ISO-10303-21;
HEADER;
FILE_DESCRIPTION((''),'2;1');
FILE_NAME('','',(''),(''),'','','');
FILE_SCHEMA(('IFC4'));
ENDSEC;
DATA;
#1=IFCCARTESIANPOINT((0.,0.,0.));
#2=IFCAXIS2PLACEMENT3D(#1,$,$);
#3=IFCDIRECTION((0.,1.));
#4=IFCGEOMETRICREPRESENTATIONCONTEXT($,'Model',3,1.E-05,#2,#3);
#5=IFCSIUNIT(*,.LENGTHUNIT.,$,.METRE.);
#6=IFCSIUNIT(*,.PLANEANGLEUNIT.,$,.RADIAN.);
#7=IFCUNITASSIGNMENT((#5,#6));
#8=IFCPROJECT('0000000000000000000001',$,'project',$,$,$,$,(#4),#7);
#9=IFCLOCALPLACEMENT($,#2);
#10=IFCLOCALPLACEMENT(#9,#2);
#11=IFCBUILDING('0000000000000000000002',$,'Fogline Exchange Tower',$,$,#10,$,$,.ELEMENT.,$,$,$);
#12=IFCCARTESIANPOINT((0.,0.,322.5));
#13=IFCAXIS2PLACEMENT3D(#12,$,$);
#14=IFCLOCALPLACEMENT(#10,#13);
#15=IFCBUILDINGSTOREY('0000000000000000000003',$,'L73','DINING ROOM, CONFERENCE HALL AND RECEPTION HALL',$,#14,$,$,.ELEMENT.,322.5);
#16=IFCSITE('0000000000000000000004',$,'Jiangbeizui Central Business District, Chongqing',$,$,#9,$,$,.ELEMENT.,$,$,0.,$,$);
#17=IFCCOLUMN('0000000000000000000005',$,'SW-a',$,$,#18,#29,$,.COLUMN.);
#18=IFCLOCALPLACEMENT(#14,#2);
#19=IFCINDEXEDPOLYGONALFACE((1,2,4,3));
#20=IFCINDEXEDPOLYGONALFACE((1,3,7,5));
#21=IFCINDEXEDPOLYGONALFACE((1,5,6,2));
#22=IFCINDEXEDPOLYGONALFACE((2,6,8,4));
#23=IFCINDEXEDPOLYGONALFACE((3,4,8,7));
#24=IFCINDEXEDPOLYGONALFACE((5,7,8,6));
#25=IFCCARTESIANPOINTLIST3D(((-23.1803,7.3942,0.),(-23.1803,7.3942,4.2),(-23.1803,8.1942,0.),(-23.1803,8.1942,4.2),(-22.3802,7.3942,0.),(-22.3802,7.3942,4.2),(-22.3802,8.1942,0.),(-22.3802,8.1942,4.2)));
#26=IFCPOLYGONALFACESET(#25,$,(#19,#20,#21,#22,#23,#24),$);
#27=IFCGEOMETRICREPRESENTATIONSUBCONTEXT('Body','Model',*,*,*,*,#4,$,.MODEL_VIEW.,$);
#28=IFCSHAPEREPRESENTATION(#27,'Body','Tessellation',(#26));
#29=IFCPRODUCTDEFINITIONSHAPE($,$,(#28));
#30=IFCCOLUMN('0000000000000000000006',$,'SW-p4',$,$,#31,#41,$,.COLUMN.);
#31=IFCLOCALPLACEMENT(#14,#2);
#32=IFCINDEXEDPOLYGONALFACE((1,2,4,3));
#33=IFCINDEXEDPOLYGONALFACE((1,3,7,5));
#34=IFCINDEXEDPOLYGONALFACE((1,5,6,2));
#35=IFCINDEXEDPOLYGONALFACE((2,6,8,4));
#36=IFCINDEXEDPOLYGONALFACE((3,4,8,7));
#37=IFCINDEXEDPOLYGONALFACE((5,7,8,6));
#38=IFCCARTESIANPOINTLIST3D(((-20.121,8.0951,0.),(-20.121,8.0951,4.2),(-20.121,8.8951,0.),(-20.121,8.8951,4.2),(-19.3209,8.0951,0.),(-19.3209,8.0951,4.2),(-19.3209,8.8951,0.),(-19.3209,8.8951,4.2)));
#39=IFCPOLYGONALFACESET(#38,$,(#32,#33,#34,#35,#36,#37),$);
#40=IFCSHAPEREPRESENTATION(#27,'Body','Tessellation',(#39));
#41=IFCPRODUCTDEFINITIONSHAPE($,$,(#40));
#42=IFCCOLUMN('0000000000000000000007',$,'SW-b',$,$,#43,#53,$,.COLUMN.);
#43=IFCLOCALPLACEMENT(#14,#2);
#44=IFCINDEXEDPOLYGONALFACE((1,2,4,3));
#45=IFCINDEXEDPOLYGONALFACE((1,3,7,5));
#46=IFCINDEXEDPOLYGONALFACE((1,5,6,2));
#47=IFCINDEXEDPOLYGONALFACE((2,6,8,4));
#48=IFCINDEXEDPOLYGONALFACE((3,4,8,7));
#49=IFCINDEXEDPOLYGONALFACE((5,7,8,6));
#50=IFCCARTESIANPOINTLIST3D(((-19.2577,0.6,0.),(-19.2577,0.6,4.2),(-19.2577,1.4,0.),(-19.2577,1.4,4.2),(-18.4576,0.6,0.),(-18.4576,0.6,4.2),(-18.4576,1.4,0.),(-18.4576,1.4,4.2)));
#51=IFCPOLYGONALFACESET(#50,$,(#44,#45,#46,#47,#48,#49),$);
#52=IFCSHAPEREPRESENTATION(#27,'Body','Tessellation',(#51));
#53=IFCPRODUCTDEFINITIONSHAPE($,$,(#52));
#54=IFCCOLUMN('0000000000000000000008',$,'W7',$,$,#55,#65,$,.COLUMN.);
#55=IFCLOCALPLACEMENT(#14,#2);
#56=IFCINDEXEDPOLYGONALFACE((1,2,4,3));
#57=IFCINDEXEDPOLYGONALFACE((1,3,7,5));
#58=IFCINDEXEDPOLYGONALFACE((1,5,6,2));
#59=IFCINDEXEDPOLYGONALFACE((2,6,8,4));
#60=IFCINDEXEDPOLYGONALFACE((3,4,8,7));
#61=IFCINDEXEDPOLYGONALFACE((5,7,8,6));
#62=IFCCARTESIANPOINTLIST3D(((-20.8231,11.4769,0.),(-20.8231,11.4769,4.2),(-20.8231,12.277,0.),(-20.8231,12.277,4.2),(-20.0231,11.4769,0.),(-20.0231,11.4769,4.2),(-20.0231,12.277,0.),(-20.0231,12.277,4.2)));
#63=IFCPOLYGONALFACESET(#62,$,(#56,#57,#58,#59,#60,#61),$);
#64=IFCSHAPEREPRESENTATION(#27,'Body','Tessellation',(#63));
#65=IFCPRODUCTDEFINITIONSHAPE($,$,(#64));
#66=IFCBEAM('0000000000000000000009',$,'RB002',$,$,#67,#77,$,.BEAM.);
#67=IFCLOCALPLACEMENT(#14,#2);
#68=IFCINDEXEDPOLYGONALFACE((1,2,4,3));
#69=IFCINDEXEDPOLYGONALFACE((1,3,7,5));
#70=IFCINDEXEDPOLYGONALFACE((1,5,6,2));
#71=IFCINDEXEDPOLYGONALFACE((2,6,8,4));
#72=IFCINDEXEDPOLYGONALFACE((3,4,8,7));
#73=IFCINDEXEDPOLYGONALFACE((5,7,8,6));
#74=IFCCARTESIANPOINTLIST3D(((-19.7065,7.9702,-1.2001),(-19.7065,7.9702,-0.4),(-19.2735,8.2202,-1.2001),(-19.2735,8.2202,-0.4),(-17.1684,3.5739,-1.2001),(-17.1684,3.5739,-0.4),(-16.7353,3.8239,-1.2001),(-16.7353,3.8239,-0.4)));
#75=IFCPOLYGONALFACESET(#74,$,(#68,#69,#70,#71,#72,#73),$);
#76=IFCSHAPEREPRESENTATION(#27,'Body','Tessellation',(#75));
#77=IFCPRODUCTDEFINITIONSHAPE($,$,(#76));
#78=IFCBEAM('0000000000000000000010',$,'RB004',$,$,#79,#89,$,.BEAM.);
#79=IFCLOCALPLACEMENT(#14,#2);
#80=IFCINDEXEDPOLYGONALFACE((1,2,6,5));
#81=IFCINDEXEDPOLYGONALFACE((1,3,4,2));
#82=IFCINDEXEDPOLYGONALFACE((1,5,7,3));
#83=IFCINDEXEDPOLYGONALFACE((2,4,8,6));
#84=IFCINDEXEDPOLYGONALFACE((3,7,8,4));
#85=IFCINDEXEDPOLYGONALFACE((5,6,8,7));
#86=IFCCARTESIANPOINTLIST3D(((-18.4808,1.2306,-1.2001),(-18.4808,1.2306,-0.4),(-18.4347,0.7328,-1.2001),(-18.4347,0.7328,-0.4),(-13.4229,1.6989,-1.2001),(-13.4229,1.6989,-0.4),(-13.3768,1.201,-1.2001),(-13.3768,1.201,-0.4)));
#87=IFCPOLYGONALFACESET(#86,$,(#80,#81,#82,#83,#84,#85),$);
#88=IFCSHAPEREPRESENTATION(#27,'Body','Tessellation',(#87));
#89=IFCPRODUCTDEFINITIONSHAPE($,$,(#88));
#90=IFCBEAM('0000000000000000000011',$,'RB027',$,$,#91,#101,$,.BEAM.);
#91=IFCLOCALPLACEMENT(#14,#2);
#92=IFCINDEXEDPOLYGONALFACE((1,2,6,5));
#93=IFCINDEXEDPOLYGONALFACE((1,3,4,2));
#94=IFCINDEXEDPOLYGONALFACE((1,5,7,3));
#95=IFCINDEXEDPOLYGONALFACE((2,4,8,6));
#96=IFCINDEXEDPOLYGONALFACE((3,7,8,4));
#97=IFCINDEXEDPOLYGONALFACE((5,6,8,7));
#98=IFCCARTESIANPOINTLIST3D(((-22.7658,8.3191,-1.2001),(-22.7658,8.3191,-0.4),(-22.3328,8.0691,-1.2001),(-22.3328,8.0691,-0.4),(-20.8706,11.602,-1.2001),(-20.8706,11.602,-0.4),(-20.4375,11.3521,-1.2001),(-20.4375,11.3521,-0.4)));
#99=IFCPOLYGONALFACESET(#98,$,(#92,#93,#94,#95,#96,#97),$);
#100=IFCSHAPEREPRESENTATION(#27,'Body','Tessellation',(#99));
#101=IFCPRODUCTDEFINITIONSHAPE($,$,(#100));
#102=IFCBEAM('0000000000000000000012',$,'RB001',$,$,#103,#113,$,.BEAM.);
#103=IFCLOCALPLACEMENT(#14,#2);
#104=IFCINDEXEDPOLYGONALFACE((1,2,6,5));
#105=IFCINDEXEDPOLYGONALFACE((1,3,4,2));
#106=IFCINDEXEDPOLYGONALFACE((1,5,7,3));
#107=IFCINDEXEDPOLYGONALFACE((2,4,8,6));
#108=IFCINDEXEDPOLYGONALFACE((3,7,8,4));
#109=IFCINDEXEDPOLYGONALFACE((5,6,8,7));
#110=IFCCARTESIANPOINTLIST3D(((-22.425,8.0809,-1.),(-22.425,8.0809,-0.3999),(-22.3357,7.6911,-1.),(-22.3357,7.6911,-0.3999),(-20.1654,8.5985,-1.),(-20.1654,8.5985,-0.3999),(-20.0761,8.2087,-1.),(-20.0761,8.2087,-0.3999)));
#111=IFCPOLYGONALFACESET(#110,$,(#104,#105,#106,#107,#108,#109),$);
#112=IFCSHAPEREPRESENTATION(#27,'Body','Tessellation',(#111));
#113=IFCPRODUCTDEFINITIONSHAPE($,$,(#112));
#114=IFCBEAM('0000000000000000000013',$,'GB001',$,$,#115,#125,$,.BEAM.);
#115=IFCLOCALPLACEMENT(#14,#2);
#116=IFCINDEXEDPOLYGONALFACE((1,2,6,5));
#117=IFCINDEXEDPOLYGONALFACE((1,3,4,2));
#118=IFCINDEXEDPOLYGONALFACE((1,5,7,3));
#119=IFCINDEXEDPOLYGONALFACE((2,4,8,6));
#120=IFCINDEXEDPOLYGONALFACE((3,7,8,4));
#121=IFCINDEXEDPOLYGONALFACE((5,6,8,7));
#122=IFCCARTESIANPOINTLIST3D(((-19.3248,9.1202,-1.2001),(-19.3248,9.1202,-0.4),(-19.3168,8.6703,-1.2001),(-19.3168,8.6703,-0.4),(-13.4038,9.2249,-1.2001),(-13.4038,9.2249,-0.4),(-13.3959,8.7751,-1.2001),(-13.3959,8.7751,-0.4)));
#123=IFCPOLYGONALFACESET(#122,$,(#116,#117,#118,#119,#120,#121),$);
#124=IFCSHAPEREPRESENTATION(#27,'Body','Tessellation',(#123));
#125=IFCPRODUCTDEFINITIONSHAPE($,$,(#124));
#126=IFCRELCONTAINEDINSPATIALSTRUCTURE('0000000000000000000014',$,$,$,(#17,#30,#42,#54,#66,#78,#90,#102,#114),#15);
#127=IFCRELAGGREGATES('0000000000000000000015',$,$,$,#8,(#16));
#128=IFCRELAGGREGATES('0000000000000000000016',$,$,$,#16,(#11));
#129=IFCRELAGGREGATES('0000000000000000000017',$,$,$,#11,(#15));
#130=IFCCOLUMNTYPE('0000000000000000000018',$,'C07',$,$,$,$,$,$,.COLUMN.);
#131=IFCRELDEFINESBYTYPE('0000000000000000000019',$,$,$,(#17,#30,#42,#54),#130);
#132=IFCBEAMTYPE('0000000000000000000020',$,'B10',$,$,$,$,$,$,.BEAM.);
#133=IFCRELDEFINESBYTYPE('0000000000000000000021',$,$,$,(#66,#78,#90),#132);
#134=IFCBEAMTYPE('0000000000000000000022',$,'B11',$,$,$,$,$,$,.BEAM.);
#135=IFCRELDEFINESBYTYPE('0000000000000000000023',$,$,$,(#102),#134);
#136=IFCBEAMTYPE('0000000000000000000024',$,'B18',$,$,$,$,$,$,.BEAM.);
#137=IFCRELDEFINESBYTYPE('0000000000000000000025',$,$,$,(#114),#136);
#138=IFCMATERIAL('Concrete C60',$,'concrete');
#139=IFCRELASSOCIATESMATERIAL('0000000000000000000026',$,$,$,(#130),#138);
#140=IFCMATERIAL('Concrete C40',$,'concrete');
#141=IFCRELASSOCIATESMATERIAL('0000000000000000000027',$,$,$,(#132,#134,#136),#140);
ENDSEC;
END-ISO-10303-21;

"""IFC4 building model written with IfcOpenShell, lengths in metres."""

from ifc_helpers import new_model, si_unit, direction, frame, origin, origin_2d, place, context, subcontext, project, spatial, rectangle, extrude, material, material_profile, profile_set, type_object, element, save


model = new_model("IFC4")

# Units and contexts
model_context = context("Model", 3, precision=1e-05, world=origin(), true_north=direction((0.0, 1.0)))
body_context = subcontext(model_context, "Body", "Model", "MODEL_VIEW")
ifc_project = project(units=[si_unit("LENGTHUNIT", "METRE"), si_unit("PLANEANGLEUNIT", "RADIAN")], contexts=[model_context])

# Site, building, storey
site_placement = place(None, origin())
site = spatial("IfcSite", under=ifc_project, at=site_placement, Name="Jiangbeizui Central Business District, Chongqing", CompositionType="ELEMENT", RefElevation=0.0)
building_placement = place(site_placement, origin())
building = spatial("IfcBuilding", under=site, at=building_placement, Name="Fogline Exchange Tower", CompositionType="ELEMENT")
storey_placement = place(building_placement, frame((0.0, 0.0, 322.5)))
storey = spatial("IfcBuildingStorey", under=building, at=storey_placement, Name="L73", Description="DINING ROOM, CONFERENCE HALL AND RECEPTION HALL", CompositionType="ELEMENT", Elevation=322.5)

# Columns
ifc_material_1 = material(Name="Concrete C60", Category="concrete")
ifc_material_profile_1 = material_profile(ifc_material_1, rectangle(XDim=0.8, YDim=0.8, at=origin_2d()), Name="RC 800x800")
ifc_profile_set_1 = profile_set([ifc_material_profile_1], Name="Concrete C60")
column_type = type_object("IfcColumnType", Name="C07", PredefinedType="COLUMN", material=ifc_profile_set_1)
for number, where, z_axis, x_axis, name in (
    (1, (-22.7803, 7.7942, 0.0), (0.0, 0.0, 1.0), (1.0, 0.0, 0.0), "SW-a"),
    (2, (-19.7209, 8.4951, 0.0), (0.0, 0.0, 1.0), (1.0, 0.0, 0.0), "SW-p4"),
    (3, (-18.8577, 1.0, 0.0), (0.0, 0.0, 1.0), (1.0, 0.0, 0.0), "SW-b"),
    (4, (-20.4231, 11.877, 0.0), (0.0, 0.0, 1.0), (1.0, 0.0, 0.0), "W7"),
):
    element("IfcColumn", number, at=place(storey_placement, frame(where, z_axis=z_axis, x_axis=x_axis)), inside=storey, type_object=column_type, Name=name, PredefinedType="COLUMN", context=body_context, shape_type="SweptSolid", body=[
        extrude(rectangle(XDim=0.8, YDim=0.8, at=origin_2d()), origin(), (0.0, 0.0, 1.0), 4.2),
    ])

# Beams
ifc_material_2 = material(Name="Concrete C40", Category="concrete")
ifc_material_profile_2 = material_profile(ifc_material_2, rectangle(XDim=0.5, YDim=0.8, at=origin_2d()), Name="RC 500x800")
ifc_profile_set_2 = profile_set([ifc_material_profile_2], Name="Concrete C40")
beam_type_1 = type_object("IfcBeamType", Name="B10", PredefinedType="BEAM", material=ifc_profile_set_2)
beam_1_placement = place(storey_placement, frame((-19.49, 8.0952, -0.8), z_axis=(0.499988, -0.866033, 0.0), x_axis=(0.866033, 0.499988, 0.0)))
element("IfcBeam", 5, at=beam_1_placement, inside=storey, type_object=beam_type_1, Name="RB002", PredefinedType="BEAM", context=body_context, shape_type="SweptSolid", body=[
    extrude(rectangle(XDim=0.5, YDim=0.8, at=origin_2d()), origin(), (0.0, 0.0, 1.0), 5.0764),
])
beam_2_placement = place(storey_placement, frame((-18.4578, 0.9817, -0.8), z_axis=(0.995742, 0.092187, 0.0), x_axis=(-0.092187, 0.995742, 0.0)))
element("IfcBeam", 6, at=beam_2_placement, inside=storey, type_object=beam_type_1, Name="RB004", PredefinedType="BEAM", context=body_context, shape_type="SweptSolid", body=[
    extrude(rectangle(XDim=0.5, YDim=0.8, at=origin_2d()), origin(), (0.0, 0.0, 1.0), 5.0796),
])
beam_3_placement = place(storey_placement, frame((-20.6541, 11.4771, -0.8), z_axis=(-0.49997, -0.866043, 0.0), x_axis=(0.866043, -0.49997, 0.0)))
element("IfcBeam", 7, at=beam_3_placement, inside=storey, type_object=beam_type_1, Name="RB027", PredefinedType="BEAM", context=body_context, shape_type="SweptSolid", body=[
    extrude(rectangle(XDim=0.5, YDim=0.8, at=origin_2d()), origin(), (0.0, 0.0, 1.0), 3.7908),
])
ifc_material_profile_3 = material_profile(ifc_material_2, rectangle(XDim=0.3999, YDim=0.6001, at=origin_2d()), Name="RC 400x600")
ifc_profile_set_3 = profile_set([ifc_material_profile_3], Name="Concrete C40")
beam_type_2 = type_object("IfcBeamType", Name="B11", PredefinedType="BEAM", material=ifc_profile_set_3)
beam_4_placement = place(storey_placement, frame((-22.3804, 7.886, -0.7), z_axis=(0.974754, 0.223282, 0.0), x_axis=(-0.223282, 0.974754, 0.0)))
element("IfcBeam", 8, at=beam_4_placement, inside=storey, type_object=beam_type_2, Name="RB001", PredefinedType="BEAM", context=body_context, shape_type="SweptSolid", body=[
    extrude(rectangle(XDim=0.3999, YDim=0.6001, at=origin_2d()), origin(), (0.0, 0.0, 1.0), 2.3181),
])
ifc_material_profile_4 = material_profile(ifc_material_2, rectangle(XDim=0.45, YDim=0.8, at=origin_2d()), Name="RC 450x800")
ifc_profile_set_4 = profile_set([ifc_material_profile_4], Name="Concrete C40")
beam_type_3 = type_object("IfcBeamType", Name="B18", PredefinedType="BEAM", material=ifc_profile_set_4)
beam_5_placement = place(storey_placement, frame((-19.3208, 8.8953, -0.8), z_axis=(0.999844, 0.017686, 0.0), x_axis=(-0.017686, 0.999844, 0.0)))
element("IfcBeam", 9, at=beam_5_placement, inside=storey, type_object=beam_type_3, Name="GB001", PredefinedType="BEAM", context=body_context, shape_type="SweptSolid", body=[
    extrude(rectangle(XDim=0.45, YDim=0.8, at=origin_2d()), origin(), (0.0, 0.0, 1.0), 5.9219),
])

save(model, "model.ifc")
